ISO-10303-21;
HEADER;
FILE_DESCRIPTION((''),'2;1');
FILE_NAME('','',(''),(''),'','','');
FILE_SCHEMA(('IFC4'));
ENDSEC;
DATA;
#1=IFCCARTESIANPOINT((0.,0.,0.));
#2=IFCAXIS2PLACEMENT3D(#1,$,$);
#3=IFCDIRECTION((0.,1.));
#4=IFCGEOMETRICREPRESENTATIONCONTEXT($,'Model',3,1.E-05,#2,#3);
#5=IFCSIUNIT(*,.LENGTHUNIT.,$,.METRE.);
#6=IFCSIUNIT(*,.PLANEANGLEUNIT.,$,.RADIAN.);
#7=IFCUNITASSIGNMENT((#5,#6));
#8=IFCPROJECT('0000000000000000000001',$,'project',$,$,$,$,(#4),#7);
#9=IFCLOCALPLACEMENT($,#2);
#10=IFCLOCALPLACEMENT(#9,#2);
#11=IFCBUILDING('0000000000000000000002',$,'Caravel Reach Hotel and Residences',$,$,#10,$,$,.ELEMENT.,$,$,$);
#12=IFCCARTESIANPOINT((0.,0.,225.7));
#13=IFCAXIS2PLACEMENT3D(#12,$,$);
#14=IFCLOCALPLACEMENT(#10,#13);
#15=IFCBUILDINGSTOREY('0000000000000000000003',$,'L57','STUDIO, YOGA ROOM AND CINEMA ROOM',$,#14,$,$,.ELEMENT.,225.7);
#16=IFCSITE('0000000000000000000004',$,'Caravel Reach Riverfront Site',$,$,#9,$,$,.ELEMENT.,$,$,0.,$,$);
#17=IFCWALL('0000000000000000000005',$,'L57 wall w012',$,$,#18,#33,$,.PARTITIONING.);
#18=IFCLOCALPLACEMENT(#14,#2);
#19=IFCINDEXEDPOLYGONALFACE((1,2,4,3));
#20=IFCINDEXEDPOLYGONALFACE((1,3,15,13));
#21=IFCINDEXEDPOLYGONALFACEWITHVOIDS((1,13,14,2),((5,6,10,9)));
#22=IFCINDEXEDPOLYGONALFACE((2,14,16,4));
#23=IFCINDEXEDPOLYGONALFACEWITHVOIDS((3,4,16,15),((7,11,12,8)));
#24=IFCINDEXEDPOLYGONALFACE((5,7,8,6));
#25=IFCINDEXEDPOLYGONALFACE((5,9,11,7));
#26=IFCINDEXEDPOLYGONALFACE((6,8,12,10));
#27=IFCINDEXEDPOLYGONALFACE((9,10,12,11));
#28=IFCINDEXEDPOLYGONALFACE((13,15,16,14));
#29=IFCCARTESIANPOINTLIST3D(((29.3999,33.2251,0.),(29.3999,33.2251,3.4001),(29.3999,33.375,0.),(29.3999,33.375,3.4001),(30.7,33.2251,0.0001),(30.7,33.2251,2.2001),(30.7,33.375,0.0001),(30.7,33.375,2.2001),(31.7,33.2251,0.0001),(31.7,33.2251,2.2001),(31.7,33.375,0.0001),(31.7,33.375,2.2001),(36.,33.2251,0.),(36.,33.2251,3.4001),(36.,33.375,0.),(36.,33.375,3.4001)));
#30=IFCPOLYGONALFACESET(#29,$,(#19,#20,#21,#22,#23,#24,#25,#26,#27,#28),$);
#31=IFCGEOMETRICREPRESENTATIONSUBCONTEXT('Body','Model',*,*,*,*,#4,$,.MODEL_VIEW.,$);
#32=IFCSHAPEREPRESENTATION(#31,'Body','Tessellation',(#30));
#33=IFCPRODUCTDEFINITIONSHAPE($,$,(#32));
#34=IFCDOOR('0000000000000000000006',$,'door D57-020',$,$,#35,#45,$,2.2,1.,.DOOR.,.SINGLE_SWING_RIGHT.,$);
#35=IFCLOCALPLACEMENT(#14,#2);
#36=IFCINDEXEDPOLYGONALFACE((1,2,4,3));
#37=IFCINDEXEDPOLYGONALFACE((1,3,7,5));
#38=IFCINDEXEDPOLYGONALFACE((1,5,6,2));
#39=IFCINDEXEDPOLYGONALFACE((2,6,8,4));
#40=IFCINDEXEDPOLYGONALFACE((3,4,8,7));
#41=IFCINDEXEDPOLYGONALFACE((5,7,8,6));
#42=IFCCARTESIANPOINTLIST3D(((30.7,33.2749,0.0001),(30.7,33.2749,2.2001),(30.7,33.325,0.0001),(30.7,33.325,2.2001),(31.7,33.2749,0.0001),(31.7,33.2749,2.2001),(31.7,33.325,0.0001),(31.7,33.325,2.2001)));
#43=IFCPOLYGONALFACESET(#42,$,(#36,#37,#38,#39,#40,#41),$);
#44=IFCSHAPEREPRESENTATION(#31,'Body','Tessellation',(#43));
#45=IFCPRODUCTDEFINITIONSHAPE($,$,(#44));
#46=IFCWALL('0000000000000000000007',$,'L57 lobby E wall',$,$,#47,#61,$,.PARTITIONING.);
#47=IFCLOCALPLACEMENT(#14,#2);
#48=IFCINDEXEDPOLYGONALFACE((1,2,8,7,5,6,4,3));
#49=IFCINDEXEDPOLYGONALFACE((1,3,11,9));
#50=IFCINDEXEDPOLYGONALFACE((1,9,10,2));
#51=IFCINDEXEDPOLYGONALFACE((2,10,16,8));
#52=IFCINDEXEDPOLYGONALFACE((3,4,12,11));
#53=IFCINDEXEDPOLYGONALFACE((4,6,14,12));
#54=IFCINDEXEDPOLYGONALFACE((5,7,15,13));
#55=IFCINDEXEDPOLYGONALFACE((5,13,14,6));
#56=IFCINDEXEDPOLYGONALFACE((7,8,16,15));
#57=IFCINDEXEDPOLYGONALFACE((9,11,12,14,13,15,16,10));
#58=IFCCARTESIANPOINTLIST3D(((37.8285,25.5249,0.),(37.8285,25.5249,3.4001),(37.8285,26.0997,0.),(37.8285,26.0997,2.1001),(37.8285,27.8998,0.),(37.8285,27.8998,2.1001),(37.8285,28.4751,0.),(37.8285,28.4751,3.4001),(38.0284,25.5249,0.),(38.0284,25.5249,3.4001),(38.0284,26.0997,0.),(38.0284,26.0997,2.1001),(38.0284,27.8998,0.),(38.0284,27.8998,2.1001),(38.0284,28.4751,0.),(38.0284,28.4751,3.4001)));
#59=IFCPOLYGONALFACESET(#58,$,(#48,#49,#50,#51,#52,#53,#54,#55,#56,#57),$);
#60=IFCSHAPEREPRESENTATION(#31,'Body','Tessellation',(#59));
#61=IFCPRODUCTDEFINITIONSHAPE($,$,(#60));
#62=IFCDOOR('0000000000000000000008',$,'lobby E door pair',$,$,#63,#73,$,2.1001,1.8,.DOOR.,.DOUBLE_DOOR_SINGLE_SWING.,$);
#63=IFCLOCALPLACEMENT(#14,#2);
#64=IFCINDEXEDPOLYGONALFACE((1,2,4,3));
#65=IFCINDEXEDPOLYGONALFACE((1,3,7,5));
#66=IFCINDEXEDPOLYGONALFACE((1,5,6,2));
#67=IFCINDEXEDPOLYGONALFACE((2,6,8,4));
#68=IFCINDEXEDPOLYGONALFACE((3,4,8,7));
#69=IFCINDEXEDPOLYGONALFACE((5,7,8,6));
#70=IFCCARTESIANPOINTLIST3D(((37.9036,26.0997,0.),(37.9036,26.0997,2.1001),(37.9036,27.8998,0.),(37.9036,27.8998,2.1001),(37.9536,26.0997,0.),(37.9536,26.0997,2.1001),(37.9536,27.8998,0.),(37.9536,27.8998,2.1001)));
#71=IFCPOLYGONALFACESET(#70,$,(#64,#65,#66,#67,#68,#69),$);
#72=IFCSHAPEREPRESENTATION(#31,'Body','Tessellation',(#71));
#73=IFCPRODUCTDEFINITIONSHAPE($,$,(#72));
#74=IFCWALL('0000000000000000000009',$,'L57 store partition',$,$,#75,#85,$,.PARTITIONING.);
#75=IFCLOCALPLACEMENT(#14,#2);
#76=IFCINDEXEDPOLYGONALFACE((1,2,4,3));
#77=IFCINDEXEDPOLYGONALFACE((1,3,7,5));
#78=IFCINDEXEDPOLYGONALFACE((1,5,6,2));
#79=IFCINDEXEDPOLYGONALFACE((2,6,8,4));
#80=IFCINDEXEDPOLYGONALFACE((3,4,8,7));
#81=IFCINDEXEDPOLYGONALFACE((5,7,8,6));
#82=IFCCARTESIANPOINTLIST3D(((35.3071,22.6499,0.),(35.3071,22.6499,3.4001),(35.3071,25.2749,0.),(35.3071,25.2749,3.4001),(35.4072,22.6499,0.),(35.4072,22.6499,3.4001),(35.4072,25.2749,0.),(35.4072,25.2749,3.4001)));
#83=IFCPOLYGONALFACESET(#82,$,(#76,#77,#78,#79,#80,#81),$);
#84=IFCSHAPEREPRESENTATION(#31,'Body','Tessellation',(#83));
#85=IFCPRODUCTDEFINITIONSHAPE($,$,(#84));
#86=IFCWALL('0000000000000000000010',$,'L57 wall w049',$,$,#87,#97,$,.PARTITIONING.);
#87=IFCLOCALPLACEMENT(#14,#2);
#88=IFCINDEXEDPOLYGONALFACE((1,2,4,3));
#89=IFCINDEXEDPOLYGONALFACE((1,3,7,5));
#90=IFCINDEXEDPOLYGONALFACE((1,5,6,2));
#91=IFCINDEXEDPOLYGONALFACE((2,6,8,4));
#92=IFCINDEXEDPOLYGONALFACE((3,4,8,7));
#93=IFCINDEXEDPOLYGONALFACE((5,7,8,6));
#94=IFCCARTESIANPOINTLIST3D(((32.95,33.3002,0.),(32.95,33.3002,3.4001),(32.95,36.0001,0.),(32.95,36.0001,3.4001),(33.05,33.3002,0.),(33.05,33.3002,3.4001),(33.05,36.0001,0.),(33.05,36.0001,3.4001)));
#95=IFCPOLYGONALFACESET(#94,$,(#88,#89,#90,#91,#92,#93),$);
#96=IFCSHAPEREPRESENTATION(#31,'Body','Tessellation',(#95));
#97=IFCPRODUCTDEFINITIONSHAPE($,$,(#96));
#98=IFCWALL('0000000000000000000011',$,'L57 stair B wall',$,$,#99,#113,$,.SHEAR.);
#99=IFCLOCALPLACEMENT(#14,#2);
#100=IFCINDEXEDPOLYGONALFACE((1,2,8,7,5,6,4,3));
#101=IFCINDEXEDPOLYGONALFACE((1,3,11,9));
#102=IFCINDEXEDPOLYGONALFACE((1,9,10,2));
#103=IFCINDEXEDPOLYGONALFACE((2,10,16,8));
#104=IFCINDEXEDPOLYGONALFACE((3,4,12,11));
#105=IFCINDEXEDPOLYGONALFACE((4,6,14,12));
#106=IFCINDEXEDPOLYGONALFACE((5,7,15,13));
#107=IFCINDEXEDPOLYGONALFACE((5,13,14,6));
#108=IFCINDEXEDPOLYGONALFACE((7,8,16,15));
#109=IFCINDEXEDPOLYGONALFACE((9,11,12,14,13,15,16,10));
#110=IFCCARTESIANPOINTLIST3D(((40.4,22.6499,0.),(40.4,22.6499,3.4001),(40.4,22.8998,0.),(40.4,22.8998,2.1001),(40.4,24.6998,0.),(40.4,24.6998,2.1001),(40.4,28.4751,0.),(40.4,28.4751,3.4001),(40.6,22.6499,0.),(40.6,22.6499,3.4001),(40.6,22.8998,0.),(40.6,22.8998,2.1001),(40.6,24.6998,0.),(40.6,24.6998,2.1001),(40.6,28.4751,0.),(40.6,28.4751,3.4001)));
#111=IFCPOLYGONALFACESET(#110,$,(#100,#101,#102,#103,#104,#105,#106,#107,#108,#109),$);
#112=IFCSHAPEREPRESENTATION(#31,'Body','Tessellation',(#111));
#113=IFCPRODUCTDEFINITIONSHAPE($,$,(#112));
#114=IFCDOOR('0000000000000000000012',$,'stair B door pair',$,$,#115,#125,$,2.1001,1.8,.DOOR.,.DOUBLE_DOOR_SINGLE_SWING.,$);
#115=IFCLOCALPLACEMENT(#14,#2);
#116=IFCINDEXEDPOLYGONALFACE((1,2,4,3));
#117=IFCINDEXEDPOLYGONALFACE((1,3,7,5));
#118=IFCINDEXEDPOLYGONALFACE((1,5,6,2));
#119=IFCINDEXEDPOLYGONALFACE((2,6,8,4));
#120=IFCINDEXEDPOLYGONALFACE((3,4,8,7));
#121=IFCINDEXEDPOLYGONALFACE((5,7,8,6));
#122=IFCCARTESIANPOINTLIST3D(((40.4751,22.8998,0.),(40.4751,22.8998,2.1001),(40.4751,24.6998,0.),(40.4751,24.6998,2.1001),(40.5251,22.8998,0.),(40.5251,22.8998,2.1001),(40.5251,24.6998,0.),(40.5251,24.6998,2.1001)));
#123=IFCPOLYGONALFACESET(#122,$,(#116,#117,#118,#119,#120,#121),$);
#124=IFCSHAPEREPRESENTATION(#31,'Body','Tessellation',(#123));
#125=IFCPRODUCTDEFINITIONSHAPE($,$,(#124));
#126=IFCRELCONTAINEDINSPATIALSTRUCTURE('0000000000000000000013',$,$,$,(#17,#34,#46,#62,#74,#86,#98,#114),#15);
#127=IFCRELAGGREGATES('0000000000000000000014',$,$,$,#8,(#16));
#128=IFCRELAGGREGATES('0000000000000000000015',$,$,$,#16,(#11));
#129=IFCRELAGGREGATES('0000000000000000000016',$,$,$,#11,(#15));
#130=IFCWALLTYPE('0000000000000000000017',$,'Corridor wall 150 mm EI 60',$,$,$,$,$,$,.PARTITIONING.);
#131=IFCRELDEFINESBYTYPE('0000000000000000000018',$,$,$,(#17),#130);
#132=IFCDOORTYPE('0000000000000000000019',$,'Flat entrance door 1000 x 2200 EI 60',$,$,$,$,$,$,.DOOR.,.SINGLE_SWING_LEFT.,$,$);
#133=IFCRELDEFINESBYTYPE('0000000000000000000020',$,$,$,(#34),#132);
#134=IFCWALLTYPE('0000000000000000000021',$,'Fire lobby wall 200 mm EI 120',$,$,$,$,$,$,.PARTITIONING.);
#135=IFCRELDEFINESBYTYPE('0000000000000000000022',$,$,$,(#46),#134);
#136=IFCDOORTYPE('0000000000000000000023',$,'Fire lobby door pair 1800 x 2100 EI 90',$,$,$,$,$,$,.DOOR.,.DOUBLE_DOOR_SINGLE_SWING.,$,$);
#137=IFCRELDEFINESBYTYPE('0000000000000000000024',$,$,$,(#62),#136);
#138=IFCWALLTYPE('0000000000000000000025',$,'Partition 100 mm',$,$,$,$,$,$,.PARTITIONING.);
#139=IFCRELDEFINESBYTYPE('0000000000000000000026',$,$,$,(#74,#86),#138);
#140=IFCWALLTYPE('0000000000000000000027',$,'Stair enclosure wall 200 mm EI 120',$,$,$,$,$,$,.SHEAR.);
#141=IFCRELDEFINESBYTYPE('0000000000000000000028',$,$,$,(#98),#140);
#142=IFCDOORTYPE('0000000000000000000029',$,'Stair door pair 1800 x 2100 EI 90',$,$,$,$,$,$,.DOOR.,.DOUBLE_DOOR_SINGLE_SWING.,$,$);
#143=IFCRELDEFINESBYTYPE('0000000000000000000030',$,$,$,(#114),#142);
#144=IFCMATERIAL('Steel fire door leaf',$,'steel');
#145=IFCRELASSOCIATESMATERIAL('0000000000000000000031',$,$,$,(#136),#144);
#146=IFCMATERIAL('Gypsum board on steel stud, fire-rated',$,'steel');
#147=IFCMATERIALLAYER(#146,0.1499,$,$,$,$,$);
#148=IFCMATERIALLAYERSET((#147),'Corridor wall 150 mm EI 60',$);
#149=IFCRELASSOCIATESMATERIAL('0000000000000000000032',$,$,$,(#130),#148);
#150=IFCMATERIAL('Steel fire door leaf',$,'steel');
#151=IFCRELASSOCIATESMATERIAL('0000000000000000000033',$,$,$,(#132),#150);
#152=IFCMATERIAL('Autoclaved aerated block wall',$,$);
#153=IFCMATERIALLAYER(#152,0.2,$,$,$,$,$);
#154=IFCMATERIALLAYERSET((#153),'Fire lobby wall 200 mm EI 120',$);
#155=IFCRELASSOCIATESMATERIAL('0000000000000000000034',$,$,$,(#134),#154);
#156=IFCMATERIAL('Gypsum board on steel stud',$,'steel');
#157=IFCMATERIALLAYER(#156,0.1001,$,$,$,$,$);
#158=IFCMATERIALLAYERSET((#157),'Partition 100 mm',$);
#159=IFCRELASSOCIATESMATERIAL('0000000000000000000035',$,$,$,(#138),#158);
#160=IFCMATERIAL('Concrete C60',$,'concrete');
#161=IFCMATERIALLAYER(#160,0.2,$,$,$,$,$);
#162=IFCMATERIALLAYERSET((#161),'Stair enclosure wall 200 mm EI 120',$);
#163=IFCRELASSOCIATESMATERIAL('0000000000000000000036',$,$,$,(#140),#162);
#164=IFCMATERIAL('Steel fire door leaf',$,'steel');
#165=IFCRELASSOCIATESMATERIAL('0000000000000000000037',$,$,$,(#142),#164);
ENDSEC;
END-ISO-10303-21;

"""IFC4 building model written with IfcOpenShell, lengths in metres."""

from ifc_helpers import new_model, si_unit, direction, frame, frame_2d, origin, place, context, subcontext, project, spatial, rectangle, extrude, material, layer, layer_set, type_object, element, fill, save


model = new_model("IFC4")

# Units and contexts
model_context = context("Model", 3, precision=1e-05, world=origin(), true_north=direction((0.0, 1.0)))
body_context = subcontext(model_context, "Body", "Model", "MODEL_VIEW")
ifc_project = project(units=[si_unit("LENGTHUNIT", "METRE"), si_unit("PLANEANGLEUNIT", "RADIAN")], contexts=[model_context])

# Site, building, storey
site_placement = place(None, origin())
site = spatial("IfcSite", under=ifc_project, at=site_placement, Name="Caravel Reach Riverfront Site", CompositionType="ELEMENT", RefElevation=0.0)
building_placement = place(site_placement, origin())
building = spatial("IfcBuilding", under=site, at=building_placement, Name="Caravel Reach Hotel and Residences", CompositionType="ELEMENT")
storey_placement = place(building_placement, frame((0.0, 0.0, 225.7)))
storey = spatial("IfcBuildingStorey", under=building, at=storey_placement, Name="L57", Description="STUDIO, YOGA ROOM AND CINEMA ROOM", CompositionType="ELEMENT", Elevation=225.7)

# Shared definitions
ifc_material_1 = material(Name="Steel fire door leaf", Category="steel")
door_type_1 = type_object("IfcDoorType", Name="Fire lobby door pair 1800 x 2100 EI 90", OperationType="DOUBLE_DOOR_SINGLE_SWING", PredefinedType="DOOR", material=ifc_material_1)

# Shared definitions
ifc_material_2 = material(Name="Gypsum board on steel stud, fire-rated", Category="steel")
ifc_layer_1 = layer(ifc_material_2, 0.1499)
ifc_layer_set_1 = layer_set([ifc_layer_1], Name="Corridor wall 150 mm EI 60")
wall_type_1 = type_object("IfcWallType", Name="Corridor wall 150 mm EI 60", PredefinedType="PARTITIONING", material=ifc_layer_set_1)

# Walls, openings, doors
wall_1_placement = place(storey_placement, frame((29.3999, 33.3, 0.0), z_axis=(0.0, 0.0, 1.0), x_axis=(1.0, 0.0, 0.0)))
wall_1 = element("IfcWall", 1, at=wall_1_placement, inside=storey, type_object=wall_type_1, Name="L57 wall w012", PredefinedType="PARTITIONING", context=body_context, shape_type="SweptSolid", body=[
    extrude(rectangle(XDim=6.6001, YDim=0.1499, at=frame_2d((3.3, 0.0))), origin(), (0.0, 0.0, 1.0), 3.4001),
])
opening_1_placement = place(wall_1_placement, frame((1.3, 0.0, 0.0)))
opening_1 = element("IfcOpeningElement", 2, at=opening_1_placement, cuts=wall_1, PredefinedType="OPENING", context=body_context, shape_type="SweptSolid", body=[
    extrude(rectangle(XDim=1.0, YDim=2.2, at=frame_2d((0.5, 1.1001))), frame((0.0, 0.085, 0.0), z_axis=(0.0, -1.0, 0.0), x_axis=(1.0, 0.0, 0.0)), (0.0, 0.0, 1.0), 0.1699),
])
ifc_material_3 = material(Name="Steel fire door leaf", Category="steel")
door_type_2 = type_object("IfcDoorType", Name="Flat entrance door 1000 x 2200 EI 60", OperationType="SINGLE_SWING_LEFT", PredefinedType="DOOR", material=ifc_material_3)
door_1_placement = place(opening_1_placement, origin())
door_1 = element("IfcDoor", 3, at=door_1_placement, inside=storey, type_object=door_type_2, Name="door D57-020", OperationType="SINGLE_SWING_RIGHT", OverallHeight=2.2, OverallWidth=1.0, PredefinedType="DOOR", context=body_context, shape_type="SweptSolid", body=[
    extrude(rectangle(XDim=1.0, YDim=2.2, at=frame_2d((0.5, 1.1001))), frame((0.0, 0.0249, 0.0), z_axis=(0.0, -1.0, 0.0), x_axis=(1.0, 0.0, 0.0)), (0.0, 0.0, 1.0), 0.05),
])
fill(opening_1, door_1)
ifc_material_4 = material(Name="Autoclaved aerated block wall")
ifc_layer_2 = layer(ifc_material_4, 0.2)
ifc_layer_set_2 = layer_set([ifc_layer_2], Name="Fire lobby wall 200 mm EI 120")
wall_type_2 = type_object("IfcWallType", Name="Fire lobby wall 200 mm EI 120", PredefinedType="PARTITIONING", material=ifc_layer_set_2)
wall_2_placement = place(storey_placement, frame((37.9285, 25.5249, 0.0), z_axis=(0.0, 0.0, 1.0), x_axis=(0.0, 1.0, 0.0)))
wall_2 = element("IfcWall", 4, at=wall_2_placement, inside=storey, type_object=wall_type_2, Name="L57 lobby E wall", PredefinedType="PARTITIONING", context=body_context, shape_type="SweptSolid", body=[
    extrude(rectangle(XDim=2.9502, YDim=0.2, at=frame_2d((1.4751, 0.0))), origin(), (0.0, 0.0, 1.0), 3.4001),
])
opening_2_placement = place(wall_2_placement, frame((0.575, 0.0, 0.0)))
opening_2 = element("IfcOpeningElement", 5, at=opening_2_placement, cuts=wall_2, PredefinedType="OPENING", context=body_context, shape_type="SweptSolid", body=[
    extrude(rectangle(XDim=1.8, YDim=2.1001, at=frame_2d((0.8999, 1.05))), frame((0.0, 0.1099, 0.0), z_axis=(0.0, -1.0, 0.0), x_axis=(1.0, 0.0, 0.0)), (0.0, 0.0, 1.0), 0.22),
])
door_2_placement = place(opening_2_placement, origin())
door_2 = element("IfcDoor", 6, at=door_2_placement, inside=storey, type_object=door_type_1, Name="lobby E door pair", OperationType="DOUBLE_DOOR_SINGLE_SWING", OverallHeight=2.1001, OverallWidth=1.8, PredefinedType="DOOR", context=body_context, shape_type="SweptSolid", body=[
    extrude(rectangle(XDim=1.8, YDim=2.1001, at=frame_2d((0.8999, 1.05))), frame((0.0, 0.0249, 0.0), z_axis=(0.0, -1.0, 0.0), x_axis=(1.0, 0.0, 0.0)), (0.0, 0.0, 1.0), 0.05),
])
fill(opening_2, door_2)

# Walls
ifc_material_5 = material(Name="Gypsum board on steel stud", Category="steel")
ifc_layer_3 = layer(ifc_material_5, 0.1001)
ifc_layer_set_3 = layer_set([ifc_layer_3], Name="Partition 100 mm")
wall_type_3 = type_object("IfcWallType", Name="Partition 100 mm", PredefinedType="PARTITIONING", material=ifc_layer_set_3)
wall_3_placement = place(storey_placement, frame((35.3572, 22.6499, 0.0), z_axis=(0.0, 0.0, 1.0), x_axis=(0.0, 1.0, 0.0)))
element("IfcWall", 7, at=wall_3_placement, inside=storey, type_object=wall_type_3, Name="L57 store partition", PredefinedType="PARTITIONING", context=body_context, shape_type="SweptSolid", body=[
    extrude(rectangle(XDim=2.625, YDim=0.1001, at=frame_2d((1.3125, 0.0))), origin(), (0.0, 0.0, 1.0), 3.4001),
])
wall_4_placement = place(storey_placement, frame((33.0, 33.3, 0.0), z_axis=(0.0, 0.0, 1.0), x_axis=(0.0, 1.0, 0.0)))
element("IfcWall", 8, at=wall_4_placement, inside=storey, type_object=wall_type_3, Name="L57 wall w049", PredefinedType="PARTITIONING", context=body_context, shape_type="SweptSolid", body=[
    extrude(rectangle(XDim=2.7, YDim=0.1001, at=frame_2d((1.3501, 0.0))), origin(), (0.0, 0.0, 1.0), 3.4001),
])

# Wall, opening, door
ifc_material_6 = material(Name="Concrete C60", Category="concrete")
ifc_layer_4 = layer(ifc_material_6, 0.2)
ifc_layer_set_4 = layer_set([ifc_layer_4], Name="Stair enclosure wall 200 mm EI 120")
wall_type_4 = type_object("IfcWallType", Name="Stair enclosure wall 200 mm EI 120", PredefinedType="SHEAR", material=ifc_layer_set_4)
wall_5_placement = place(storey_placement, frame((40.5, 22.6499, 0.0), z_axis=(0.0, 0.0, 1.0), x_axis=(0.0, 1.0, 0.0)))
wall_5 = element("IfcWall", 9, at=wall_5_placement, inside=storey, type_object=wall_type_4, Name="L57 stair B wall", PredefinedType="SHEAR", context=body_context, shape_type="SweptSolid", body=[
    extrude(rectangle(XDim=5.8252, YDim=0.2, at=frame_2d((2.9126, 0.0))), origin(), (0.0, 0.0, 1.0), 3.4001),
])
opening_3_placement = place(wall_5_placement, frame((0.25, 0.0, 0.0)))
opening_3 = element("IfcOpeningElement", 10, at=opening_3_placement, cuts=wall_5, PredefinedType="OPENING", context=body_context, shape_type="SweptSolid", body=[
    extrude(rectangle(XDim=1.8, YDim=2.1001, at=frame_2d((0.8999, 1.05))), frame((0.0, 0.1099, 0.0), z_axis=(0.0, -1.0, 0.0), x_axis=(1.0, 0.0, 0.0)), (0.0, 0.0, 1.0), 0.22),
])
ifc_material_7 = material(Name="Steel fire door leaf", Category="steel")
door_type_3 = type_object("IfcDoorType", Name="Stair door pair 1800 x 2100 EI 90", OperationType="DOUBLE_DOOR_SINGLE_SWING", PredefinedType="DOOR", material=ifc_material_7)
door_3_placement = place(opening_3_placement, origin())
door_3 = element("IfcDoor", 11, at=door_3_placement, inside=storey, type_object=door_type_3, Name="stair B door pair", OperationType="DOUBLE_DOOR_SINGLE_SWING", OverallHeight=2.1001, OverallWidth=1.8, PredefinedType="DOOR", context=body_context, shape_type="SweptSolid", body=[
    extrude(rectangle(XDim=1.8, YDim=2.1001, at=frame_2d((0.8999, 1.05))), frame((0.0, 0.0249, 0.0), z_axis=(0.0, -1.0, 0.0), x_axis=(1.0, 0.0, 0.0)), (0.0, 0.0, 1.0), 0.05),
])
fill(opening_3, door_3)

save(model, "model.ifc")
